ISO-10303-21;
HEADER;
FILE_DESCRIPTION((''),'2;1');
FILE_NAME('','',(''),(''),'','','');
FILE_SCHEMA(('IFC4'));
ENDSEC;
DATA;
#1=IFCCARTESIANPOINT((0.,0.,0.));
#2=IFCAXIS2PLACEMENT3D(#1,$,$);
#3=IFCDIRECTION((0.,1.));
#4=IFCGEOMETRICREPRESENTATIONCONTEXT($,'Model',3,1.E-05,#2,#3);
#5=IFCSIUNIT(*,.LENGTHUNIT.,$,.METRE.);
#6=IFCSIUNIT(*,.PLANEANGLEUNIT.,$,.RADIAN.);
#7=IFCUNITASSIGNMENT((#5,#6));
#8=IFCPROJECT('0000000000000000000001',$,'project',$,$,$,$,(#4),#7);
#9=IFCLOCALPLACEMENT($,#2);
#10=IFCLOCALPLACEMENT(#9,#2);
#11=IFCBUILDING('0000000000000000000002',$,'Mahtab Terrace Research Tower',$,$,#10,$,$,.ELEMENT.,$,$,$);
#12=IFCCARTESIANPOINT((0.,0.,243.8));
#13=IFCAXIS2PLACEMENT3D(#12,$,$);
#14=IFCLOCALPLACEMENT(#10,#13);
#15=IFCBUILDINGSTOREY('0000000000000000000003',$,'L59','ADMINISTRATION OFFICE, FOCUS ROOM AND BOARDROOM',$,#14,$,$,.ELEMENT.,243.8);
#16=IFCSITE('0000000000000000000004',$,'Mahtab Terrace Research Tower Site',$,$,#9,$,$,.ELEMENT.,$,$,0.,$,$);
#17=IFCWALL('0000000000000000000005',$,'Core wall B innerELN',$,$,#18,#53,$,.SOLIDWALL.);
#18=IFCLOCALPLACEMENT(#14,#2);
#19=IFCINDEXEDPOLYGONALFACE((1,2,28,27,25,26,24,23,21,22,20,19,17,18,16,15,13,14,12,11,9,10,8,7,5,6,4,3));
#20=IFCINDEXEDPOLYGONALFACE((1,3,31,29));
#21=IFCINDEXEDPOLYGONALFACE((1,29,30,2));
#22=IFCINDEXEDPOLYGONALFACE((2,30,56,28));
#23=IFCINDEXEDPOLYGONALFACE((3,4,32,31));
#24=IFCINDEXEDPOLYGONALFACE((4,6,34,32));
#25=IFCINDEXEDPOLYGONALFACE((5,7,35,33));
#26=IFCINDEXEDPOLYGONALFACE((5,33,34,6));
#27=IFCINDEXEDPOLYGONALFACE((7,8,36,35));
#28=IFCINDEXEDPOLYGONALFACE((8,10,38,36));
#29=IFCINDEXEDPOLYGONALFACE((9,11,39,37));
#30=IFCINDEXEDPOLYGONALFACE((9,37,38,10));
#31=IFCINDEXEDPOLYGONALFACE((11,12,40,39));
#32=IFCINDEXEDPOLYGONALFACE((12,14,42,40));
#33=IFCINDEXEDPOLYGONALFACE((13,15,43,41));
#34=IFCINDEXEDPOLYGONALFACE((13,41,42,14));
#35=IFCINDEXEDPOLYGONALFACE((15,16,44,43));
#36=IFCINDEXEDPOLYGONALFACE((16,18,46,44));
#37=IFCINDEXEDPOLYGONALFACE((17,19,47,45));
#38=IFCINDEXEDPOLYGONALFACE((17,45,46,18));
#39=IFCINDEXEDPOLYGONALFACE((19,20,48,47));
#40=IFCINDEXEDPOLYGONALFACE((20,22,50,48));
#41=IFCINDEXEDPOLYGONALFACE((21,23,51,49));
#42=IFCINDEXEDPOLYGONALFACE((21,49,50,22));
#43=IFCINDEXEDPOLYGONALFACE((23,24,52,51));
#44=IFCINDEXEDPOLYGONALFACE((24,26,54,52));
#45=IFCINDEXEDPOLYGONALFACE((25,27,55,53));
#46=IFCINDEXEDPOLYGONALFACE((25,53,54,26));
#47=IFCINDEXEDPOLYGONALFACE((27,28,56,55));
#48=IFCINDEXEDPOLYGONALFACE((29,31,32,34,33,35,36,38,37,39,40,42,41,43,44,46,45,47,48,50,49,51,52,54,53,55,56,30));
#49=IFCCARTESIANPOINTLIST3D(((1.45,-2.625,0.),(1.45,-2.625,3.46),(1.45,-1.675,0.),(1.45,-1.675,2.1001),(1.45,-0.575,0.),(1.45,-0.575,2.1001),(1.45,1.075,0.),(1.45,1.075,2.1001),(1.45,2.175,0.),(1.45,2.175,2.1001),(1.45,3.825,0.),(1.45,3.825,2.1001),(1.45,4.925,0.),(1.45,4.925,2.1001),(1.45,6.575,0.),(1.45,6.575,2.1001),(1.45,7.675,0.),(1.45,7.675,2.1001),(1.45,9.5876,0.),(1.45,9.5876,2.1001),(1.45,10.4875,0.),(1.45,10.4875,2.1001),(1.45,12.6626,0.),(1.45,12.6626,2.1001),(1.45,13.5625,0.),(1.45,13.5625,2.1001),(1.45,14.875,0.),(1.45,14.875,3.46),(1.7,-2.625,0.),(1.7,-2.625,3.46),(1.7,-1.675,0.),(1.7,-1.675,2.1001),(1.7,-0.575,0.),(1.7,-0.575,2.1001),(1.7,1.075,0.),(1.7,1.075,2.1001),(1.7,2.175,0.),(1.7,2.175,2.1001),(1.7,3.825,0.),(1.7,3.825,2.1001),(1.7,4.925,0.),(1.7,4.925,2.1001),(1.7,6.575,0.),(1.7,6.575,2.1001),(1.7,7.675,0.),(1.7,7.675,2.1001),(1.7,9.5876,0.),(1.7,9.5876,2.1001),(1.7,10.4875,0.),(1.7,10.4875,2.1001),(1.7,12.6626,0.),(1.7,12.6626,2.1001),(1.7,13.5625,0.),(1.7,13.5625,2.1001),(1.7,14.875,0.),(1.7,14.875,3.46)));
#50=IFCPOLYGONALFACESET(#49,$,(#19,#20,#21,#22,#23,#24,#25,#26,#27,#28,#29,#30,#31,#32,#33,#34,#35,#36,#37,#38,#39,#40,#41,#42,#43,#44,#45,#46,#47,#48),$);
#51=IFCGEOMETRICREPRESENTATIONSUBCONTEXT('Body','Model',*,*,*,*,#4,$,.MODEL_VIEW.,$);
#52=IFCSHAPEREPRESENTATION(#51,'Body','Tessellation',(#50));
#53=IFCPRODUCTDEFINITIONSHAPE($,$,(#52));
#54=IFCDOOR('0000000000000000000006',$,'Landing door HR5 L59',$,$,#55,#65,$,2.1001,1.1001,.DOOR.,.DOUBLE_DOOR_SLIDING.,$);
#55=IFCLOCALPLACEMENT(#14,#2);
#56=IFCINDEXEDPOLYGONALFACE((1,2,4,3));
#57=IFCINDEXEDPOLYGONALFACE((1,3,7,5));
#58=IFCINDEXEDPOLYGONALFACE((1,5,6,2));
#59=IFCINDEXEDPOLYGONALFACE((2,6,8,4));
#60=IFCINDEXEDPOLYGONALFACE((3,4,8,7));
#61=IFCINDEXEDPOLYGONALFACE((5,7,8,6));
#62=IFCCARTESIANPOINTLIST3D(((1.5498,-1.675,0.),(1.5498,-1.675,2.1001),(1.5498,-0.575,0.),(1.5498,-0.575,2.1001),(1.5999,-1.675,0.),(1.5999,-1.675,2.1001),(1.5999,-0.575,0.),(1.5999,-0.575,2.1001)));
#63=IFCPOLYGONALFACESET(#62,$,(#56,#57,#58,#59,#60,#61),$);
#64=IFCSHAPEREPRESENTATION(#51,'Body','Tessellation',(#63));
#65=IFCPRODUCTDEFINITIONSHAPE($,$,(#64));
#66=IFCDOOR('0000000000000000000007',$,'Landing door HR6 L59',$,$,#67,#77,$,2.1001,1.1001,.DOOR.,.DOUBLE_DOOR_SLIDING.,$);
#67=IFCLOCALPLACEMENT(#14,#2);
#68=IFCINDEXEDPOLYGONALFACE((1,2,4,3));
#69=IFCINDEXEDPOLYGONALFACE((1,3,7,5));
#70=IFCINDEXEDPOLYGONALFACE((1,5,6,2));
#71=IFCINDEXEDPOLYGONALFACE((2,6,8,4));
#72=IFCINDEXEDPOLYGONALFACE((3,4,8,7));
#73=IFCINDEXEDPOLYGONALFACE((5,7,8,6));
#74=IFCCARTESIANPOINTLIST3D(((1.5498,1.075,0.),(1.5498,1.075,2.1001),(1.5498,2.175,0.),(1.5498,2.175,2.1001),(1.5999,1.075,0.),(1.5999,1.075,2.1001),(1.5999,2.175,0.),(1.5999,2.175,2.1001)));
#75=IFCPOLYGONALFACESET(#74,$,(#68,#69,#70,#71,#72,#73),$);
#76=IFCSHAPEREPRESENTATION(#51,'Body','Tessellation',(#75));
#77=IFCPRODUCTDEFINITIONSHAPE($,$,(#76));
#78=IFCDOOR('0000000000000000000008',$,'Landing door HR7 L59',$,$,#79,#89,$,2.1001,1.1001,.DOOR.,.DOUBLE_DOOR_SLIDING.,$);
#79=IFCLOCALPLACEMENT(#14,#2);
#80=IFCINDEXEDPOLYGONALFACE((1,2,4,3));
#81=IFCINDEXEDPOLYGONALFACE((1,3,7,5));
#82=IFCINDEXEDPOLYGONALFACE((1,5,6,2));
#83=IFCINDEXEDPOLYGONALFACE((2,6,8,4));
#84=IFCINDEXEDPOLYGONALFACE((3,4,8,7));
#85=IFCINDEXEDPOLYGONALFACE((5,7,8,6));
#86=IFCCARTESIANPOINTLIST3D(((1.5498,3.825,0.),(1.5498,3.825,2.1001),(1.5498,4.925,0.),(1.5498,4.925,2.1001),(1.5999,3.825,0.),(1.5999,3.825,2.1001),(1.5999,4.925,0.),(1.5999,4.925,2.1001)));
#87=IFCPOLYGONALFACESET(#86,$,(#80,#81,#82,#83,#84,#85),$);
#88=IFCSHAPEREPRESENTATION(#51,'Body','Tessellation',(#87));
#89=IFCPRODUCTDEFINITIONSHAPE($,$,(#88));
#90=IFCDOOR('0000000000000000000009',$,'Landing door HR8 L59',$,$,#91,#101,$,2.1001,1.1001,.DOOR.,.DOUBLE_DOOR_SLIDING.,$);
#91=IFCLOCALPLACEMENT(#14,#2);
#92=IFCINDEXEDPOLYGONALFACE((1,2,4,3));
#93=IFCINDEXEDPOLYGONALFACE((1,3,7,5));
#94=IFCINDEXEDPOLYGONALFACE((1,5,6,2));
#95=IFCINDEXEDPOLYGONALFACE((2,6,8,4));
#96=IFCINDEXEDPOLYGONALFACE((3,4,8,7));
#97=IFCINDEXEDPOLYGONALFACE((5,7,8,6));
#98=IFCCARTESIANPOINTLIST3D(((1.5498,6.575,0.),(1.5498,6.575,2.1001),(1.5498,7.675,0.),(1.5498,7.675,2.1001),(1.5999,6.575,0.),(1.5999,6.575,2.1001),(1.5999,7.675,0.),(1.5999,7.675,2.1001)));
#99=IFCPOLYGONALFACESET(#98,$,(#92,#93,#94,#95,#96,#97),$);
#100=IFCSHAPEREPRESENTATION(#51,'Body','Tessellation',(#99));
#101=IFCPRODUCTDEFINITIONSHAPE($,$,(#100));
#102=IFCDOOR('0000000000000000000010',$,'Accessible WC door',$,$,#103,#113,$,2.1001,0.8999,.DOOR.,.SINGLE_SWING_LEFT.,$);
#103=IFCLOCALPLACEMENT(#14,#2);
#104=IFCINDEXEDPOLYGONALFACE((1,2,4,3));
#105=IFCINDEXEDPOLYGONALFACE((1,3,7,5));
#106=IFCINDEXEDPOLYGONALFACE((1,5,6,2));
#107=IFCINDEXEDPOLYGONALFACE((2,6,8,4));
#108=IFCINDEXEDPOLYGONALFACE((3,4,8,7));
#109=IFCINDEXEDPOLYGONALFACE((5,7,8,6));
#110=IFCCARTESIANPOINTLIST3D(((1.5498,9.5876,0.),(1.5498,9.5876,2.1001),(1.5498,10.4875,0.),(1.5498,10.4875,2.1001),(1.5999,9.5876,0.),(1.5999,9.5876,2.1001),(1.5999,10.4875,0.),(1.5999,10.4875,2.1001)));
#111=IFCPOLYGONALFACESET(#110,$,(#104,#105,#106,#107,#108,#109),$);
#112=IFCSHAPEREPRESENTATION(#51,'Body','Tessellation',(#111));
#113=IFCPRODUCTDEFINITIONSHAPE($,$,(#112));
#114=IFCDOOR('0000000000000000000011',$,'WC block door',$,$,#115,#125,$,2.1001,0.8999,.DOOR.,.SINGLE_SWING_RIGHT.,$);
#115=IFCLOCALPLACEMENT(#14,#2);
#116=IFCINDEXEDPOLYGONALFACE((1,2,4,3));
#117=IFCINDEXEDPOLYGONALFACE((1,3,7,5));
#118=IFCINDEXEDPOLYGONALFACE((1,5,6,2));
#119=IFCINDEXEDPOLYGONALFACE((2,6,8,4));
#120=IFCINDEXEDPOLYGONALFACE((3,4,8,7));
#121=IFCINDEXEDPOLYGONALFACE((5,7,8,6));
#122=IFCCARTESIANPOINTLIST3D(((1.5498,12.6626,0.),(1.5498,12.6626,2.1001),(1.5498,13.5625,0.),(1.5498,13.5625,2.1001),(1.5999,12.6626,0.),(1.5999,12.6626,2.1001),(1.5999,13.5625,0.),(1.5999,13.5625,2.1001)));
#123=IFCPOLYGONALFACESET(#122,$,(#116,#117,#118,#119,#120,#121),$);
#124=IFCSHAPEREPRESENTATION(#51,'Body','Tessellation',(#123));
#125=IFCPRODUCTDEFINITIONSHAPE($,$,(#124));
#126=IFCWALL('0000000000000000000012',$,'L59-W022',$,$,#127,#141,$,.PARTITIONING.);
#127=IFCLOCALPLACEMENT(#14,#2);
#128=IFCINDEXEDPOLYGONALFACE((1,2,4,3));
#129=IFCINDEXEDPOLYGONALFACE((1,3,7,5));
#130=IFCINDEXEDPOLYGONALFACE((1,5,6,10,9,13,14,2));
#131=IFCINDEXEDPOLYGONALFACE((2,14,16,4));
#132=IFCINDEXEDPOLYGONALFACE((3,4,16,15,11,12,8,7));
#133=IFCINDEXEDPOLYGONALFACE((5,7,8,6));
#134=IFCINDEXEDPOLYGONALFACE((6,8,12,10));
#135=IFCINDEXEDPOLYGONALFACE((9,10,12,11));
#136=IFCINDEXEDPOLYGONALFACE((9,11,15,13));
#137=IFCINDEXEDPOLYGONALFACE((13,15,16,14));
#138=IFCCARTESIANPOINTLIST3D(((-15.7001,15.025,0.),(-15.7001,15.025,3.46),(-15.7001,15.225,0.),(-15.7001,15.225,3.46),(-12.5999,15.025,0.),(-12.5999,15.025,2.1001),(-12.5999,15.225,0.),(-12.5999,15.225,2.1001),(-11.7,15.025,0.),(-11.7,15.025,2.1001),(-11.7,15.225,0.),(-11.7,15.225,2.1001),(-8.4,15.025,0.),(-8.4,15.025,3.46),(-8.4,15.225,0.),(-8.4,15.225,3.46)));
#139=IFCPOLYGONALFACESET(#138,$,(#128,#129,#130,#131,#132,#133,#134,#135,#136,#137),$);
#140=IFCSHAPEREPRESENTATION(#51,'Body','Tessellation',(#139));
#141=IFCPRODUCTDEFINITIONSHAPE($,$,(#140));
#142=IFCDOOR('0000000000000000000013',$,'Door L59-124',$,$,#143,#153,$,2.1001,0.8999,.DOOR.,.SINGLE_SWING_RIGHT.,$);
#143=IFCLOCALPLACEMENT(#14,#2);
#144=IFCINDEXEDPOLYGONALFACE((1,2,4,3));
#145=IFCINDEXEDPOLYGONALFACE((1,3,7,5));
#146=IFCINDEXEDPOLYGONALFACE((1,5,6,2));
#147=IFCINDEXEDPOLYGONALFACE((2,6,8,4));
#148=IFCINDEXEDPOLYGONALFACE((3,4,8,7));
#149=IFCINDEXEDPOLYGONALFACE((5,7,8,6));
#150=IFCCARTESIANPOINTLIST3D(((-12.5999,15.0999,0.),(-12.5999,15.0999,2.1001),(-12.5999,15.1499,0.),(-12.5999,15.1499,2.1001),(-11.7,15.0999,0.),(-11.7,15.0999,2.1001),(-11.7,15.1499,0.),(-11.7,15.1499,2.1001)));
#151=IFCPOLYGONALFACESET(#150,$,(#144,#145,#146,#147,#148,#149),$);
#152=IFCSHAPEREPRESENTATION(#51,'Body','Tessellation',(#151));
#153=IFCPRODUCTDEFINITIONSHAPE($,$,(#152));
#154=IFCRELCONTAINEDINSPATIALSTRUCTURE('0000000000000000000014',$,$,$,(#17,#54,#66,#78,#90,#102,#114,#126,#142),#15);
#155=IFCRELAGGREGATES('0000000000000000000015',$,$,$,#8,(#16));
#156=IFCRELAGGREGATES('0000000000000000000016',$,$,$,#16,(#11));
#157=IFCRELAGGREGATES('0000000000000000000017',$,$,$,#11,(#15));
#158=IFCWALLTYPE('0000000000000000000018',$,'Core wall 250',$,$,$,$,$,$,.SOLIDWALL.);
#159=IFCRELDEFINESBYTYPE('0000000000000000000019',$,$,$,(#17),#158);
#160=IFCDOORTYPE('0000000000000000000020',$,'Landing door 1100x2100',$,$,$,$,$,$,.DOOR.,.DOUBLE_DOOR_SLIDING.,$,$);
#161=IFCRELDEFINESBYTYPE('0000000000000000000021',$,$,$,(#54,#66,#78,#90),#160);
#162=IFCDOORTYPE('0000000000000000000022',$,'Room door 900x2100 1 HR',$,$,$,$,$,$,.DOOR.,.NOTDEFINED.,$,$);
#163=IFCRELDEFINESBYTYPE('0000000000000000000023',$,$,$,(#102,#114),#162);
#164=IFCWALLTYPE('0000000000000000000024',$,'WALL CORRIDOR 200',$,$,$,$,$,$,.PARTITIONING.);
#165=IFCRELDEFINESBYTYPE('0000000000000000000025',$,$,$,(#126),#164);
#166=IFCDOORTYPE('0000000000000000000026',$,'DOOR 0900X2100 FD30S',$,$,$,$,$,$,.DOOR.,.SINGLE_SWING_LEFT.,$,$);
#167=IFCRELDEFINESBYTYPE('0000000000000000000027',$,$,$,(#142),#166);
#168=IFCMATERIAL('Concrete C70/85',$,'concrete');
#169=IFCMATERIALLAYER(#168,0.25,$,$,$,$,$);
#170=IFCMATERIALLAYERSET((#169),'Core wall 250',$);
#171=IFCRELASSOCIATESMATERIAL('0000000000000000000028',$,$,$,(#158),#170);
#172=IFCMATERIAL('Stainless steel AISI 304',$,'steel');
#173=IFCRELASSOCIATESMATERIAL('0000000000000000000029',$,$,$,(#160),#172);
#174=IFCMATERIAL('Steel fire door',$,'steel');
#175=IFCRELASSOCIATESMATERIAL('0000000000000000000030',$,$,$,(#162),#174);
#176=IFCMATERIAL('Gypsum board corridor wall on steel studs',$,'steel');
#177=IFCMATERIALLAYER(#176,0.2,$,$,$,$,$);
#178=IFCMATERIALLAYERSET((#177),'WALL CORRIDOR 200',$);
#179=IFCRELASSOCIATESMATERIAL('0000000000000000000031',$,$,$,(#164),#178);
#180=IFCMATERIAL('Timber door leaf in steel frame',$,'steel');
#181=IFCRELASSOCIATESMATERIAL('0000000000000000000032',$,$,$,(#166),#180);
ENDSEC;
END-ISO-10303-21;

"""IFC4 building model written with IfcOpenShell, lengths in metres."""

from ifc_helpers import new_model, si_unit, direction, frame, frame_2d, origin, place, context, subcontext, project, spatial, rectangle, extrude, material, layer, layer_set, type_object, element, fill, save


model = new_model("IFC4")

# Units and contexts
model_context = context("Model", 3, precision=1e-05, world=origin(), true_north=direction((0.0, 1.0)))
body_context = subcontext(model_context, "Body", "Model", "MODEL_VIEW")
ifc_project = project(units=[si_unit("LENGTHUNIT", "METRE"), si_unit("PLANEANGLEUNIT", "RADIAN")], contexts=[model_context])

# Site, building, storey
site_placement = place(None, origin())
site = spatial("IfcSite", under=ifc_project, at=site_placement, Name="Mahtab Terrace Research Tower Site", CompositionType="ELEMENT", RefElevation=0.0)
building_placement = place(site_placement, origin())
building = spatial("IfcBuilding", under=site, at=building_placement, Name="Mahtab Terrace Research Tower", CompositionType="ELEMENT")
storey_placement = place(building_placement, frame((0.0, 0.0, 243.8)))
storey = spatial("IfcBuildingStorey", under=building, at=storey_placement, Name="L59", Description="ADMINISTRATION OFFICE, FOCUS ROOM AND BOARDROOM", CompositionType="ELEMENT", Elevation=243.8)

# Shared definitions
ifc_material_1 = material(Name="Concrete C70/85", Category="concrete")

# Shared definitions
ifc_layer_1 = layer(ifc_material_1, 0.25)
ifc_layer_set_1 = layer_set([ifc_layer_1], Name="Core wall 250")
wall_type_1 = type_object("IfcWallType", Name="Core wall 250", PredefinedType="SOLIDWALL", material=ifc_layer_set_1)

# Shared definitions
ifc_material_2 = material(Name="Steel fire door", Category="steel")

# Wall, openings, doors
wall_1_placement = place(storey_placement, frame((1.575, 14.875, 0.0), z_axis=(0.0, 0.0, 1.0), x_axis=(0.0, -1.0, 0.0)))
wall_1 = element("IfcWall", 1, at=wall_1_placement, inside=storey, type_object=wall_type_1, Name="Core wall B innerELN", PredefinedType="SOLIDWALL", context=body_context, shape_type="SweptSolid", body=[
    extrude(rectangle(XDim=17.5, YDim=0.25, at=frame_2d((8.75, 0.0))), origin(), (0.0, 0.0, 1.0), 3.46),
])
opening_1_placement = place(wall_1_placement, frame((15.45, 0.0, 0.0)))
opening_1 = element("IfcOpeningElement", 2, at=opening_1_placement, cuts=wall_1, PredefinedType="OPENING", context=body_context, shape_type="SweptSolid", body=[
    extrude(rectangle(XDim=1.1001, YDim=2.1001, at=frame_2d((0.55, 1.05))), frame((0.0, 0.135, 0.0), z_axis=(0.0, -1.0, 0.0), x_axis=(1.0, 0.0, 0.0)), (0.0, 0.0, 1.0), 0.27),
])
opening_2_placement = place(wall_1_placement, frame((12.7, 0.0, 0.0)))
opening_2 = element("IfcOpeningElement", 3, at=opening_2_placement, cuts=wall_1, PredefinedType="OPENING", context=body_context, shape_type="SweptSolid", body=[
    extrude(rectangle(XDim=1.1001, YDim=2.1001, at=frame_2d((0.55, 1.05))), frame((0.0, 0.135, 0.0), z_axis=(0.0, -1.0, 0.0), x_axis=(1.0, 0.0, 0.0)), (0.0, 0.0, 1.0), 0.27),
])
opening_3_placement = place(wall_1_placement, frame((9.95, 0.0, 0.0)))
opening_3 = element("IfcOpeningElement", 4, at=opening_3_placement, cuts=wall_1, PredefinedType="OPENING", context=body_context, shape_type="SweptSolid", body=[
    extrude(rectangle(XDim=1.1001, YDim=2.1001, at=frame_2d((0.55, 1.05))), frame((0.0, 0.135, 0.0), z_axis=(0.0, -1.0, 0.0), x_axis=(1.0, 0.0, 0.0)), (0.0, 0.0, 1.0), 0.27),
])
opening_4_placement = place(wall_1_placement, frame((7.2, 0.0, 0.0)))
opening_4 = element("IfcOpeningElement", 5, at=opening_4_placement, cuts=wall_1, PredefinedType="OPENING", context=body_context, shape_type="SweptSolid", body=[
    extrude(rectangle(XDim=1.1001, YDim=2.1001, at=frame_2d((0.55, 1.05))), frame((0.0, 0.135, 0.0), z_axis=(0.0, -1.0, 0.0), x_axis=(1.0, 0.0, 0.0)), (0.0, 0.0, 1.0), 0.27),
])
opening_5_placement = place(wall_1_placement, frame((4.3875, 0.0, 0.0)))
opening_5 = element("IfcOpeningElement", 6, at=opening_5_placement, cuts=wall_1, PredefinedType="OPENING", context=body_context, shape_type="SweptSolid", body=[
    extrude(rectangle(XDim=0.8999, YDim=2.1001, at=frame_2d((0.45, 1.05))), frame((0.0, 0.135, 0.0), z_axis=(0.0, -1.0, 0.0), x_axis=(1.0, 0.0, 0.0)), (0.0, 0.0, 1.0), 0.27),
])
opening_6_placement = place(wall_1_placement, frame((1.3125, 0.0, 0.0)))
opening_6 = element("IfcOpeningElement", 7, at=opening_6_placement, cuts=wall_1, PredefinedType="OPENING", context=body_context, shape_type="SweptSolid", body=[
    extrude(rectangle(XDim=0.8999, YDim=2.1001, at=frame_2d((0.45, 1.05))), frame((0.0, 0.135, 0.0), z_axis=(0.0, -1.0, 0.0), x_axis=(1.0, 0.0, 0.0)), (0.0, 0.0, 1.0), 0.27),
])
ifc_material_3 = material(Name="Stainless steel AISI 304", Category="steel")
door_type_1 = type_object("IfcDoorType", Name="Landing door 1100x2100", OperationType="DOUBLE_DOOR_SLIDING", PredefinedType="DOOR", material=ifc_material_3)
door_1_placement = place(opening_1_placement, origin())
door_1 = element("IfcDoor", 8, at=door_1_placement, inside=storey, type_object=door_type_1, Name="Landing door HR5 L59", OperationType="DOUBLE_DOOR_SLIDING", OverallHeight=2.1001, OverallWidth=1.1001, PredefinedType="DOOR", context=body_context, shape_type="SweptSolid", body=[
    extrude(rectangle(XDim=1.1001, YDim=2.1001, at=frame_2d((0.55, 1.05))), frame((0.0, 0.0249, 0.0), z_axis=(0.0, -1.0, 0.0), x_axis=(1.0, 0.0, 0.0)), (0.0, 0.0, 1.0), 0.05),
])
fill(opening_1, door_1)
door_2_placement = place(opening_2_placement, origin())
door_2 = element("IfcDoor", 9, at=door_2_placement, inside=storey, type_object=door_type_1, Name="Landing door HR6 L59", OperationType="DOUBLE_DOOR_SLIDING", OverallHeight=2.1001, OverallWidth=1.1001, PredefinedType="DOOR", context=body_context, shape_type="SweptSolid", body=[
    extrude(rectangle(XDim=1.1001, YDim=2.1001, at=frame_2d((0.55, 1.05))), frame((0.0, 0.0249, 0.0), z_axis=(0.0, -1.0, 0.0), x_axis=(1.0, 0.0, 0.0)), (0.0, 0.0, 1.0), 0.05),
])
fill(opening_2, door_2)
door_3_placement = place(opening_3_placement, origin())
door_3 = element("IfcDoor", 10, at=door_3_placement, inside=storey, type_object=door_type_1, Name="Landing door HR7 L59", OperationType="DOUBLE_DOOR_SLIDING", OverallHeight=2.1001, OverallWidth=1.1001, PredefinedType="DOOR", context=body_context, shape_type="SweptSolid", body=[
    extrude(rectangle(XDim=1.1001, YDim=2.1001, at=frame_2d((0.55, 1.05))), frame((0.0, 0.0249, 0.0), z_axis=(0.0, -1.0, 0.0), x_axis=(1.0, 0.0, 0.0)), (0.0, 0.0, 1.0), 0.05),
])
fill(opening_3, door_3)
door_4_placement = place(opening_4_placement, origin())
door_4 = element("IfcDoor", 11, at=door_4_placement, inside=storey, type_object=door_type_1, Name="Landing door HR8 L59", OperationType="DOUBLE_DOOR_SLIDING", OverallHeight=2.1001, OverallWidth=1.1001, PredefinedType="DOOR", context=body_context, shape_type="SweptSolid", body=[
    extrude(rectangle(XDim=1.1001, YDim=2.1001, at=frame_2d((0.55, 1.05))), frame((0.0, 0.0249, 0.0), z_axis=(0.0, -1.0, 0.0), x_axis=(1.0, 0.0, 0.0)), (0.0, 0.0, 1.0), 0.05),
])
fill(opening_4, door_4)
door_type_2 = type_object("IfcDoorType", Name="Room door 900x2100 1 HR", OperationType="NOTDEFINED", PredefinedType="DOOR", material=ifc_material_2)
door_5_placement = place(opening_5_placement, origin())
door_5 = element("IfcDoor", 12, at=door_5_placement, inside=storey, type_object=door_type_2, Name="Accessible WC door", OperationType="SINGLE_SWING_LEFT", OverallHeight=2.1001, OverallWidth=0.8999, PredefinedType="DOOR", context=body_context, shape_type="SweptSolid", body=[
    extrude(rectangle(XDim=0.8999, YDim=2.1001, at=frame_2d((0.45, 1.05))), frame((0.0, 0.0249, 0.0), z_axis=(0.0, -1.0, 0.0), x_axis=(1.0, 0.0, 0.0)), (0.0, 0.0, 1.0), 0.05),
])
fill(opening_5, door_5)
door_6_placement = place(opening_6_placement, origin())
door_6 = element("IfcDoor", 13, at=door_6_placement, inside=storey, type_object=door_type_2, Name="WC block door", OperationType="SINGLE_SWING_RIGHT", OverallHeight=2.1001, OverallWidth=0.8999, PredefinedType="DOOR", context=body_context, shape_type="SweptSolid", body=[
    extrude(rectangle(XDim=0.8999, YDim=2.1001, at=frame_2d((0.45, 1.05))), frame((0.0, 0.0249, 0.0), z_axis=(0.0, -1.0, 0.0), x_axis=(1.0, 0.0, 0.0)), (0.0, 0.0, 1.0), 0.05),
])
fill(opening_6, door_6)

# Wall, opening, door
ifc_material_4 = material(Name="Gypsum board corridor wall on steel studs", Category="steel")
ifc_layer_2 = layer(ifc_material_4, 0.2)
ifc_layer_set_2 = layer_set([ifc_layer_2], Name="WALL CORRIDOR 200")
wall_type_2 = type_object("IfcWallType", Name="WALL CORRIDOR 200", PredefinedType="PARTITIONING", material=ifc_layer_set_2)
wall_2_placement = place(storey_placement, frame((-15.7, 15.125, 0.0), z_axis=(0.0, 0.0, 1.0), x_axis=(1.0, 0.0, 0.0)))
wall_2 = element("IfcWall", 14, at=wall_2_placement, inside=storey, type_object=wall_type_2, Name="L59-W022", PredefinedType="PARTITIONING", context=body_context, shape_type="SweptSolid", body=[
    extrude(rectangle(XDim=7.3, YDim=0.2, at=frame_2d((3.6499, 0.0))), origin(), (0.0, 0.0, 1.0), 3.46),
])
opening_7_placement = place(wall_2_placement, frame((3.1001, 0.0, 0.0)))
opening_7 = element("IfcOpeningElement", 15, at=opening_7_placement, cuts=wall_2, PredefinedType="OPENING", context=body_context, shape_type="SweptSolid", body=[
    extrude(rectangle(XDim=0.8999, YDim=2.1001, at=frame_2d((0.45, 1.05))), frame((0.0, 0.1099, 0.0), z_axis=(0.0, -1.0, 0.0), x_axis=(1.0, 0.0, 0.0)), (0.0, 0.0, 1.0), 0.22),
])
ifc_material_5 = material(Name="Timber door leaf in steel frame", Category="steel")
door_type_3 = type_object("IfcDoorType", Name="DOOR 0900X2100 FD30S", OperationType="SINGLE_SWING_LEFT", PredefinedType="DOOR", material=ifc_material_5)
door_7_placement = place(opening_7_placement, origin())
door_7 = element("IfcDoor", 16, at=door_7_placement, inside=storey, type_object=door_type_3, Name="Door L59-124", OperationType="SINGLE_SWING_RIGHT", OverallHeight=2.1001, OverallWidth=0.8999, PredefinedType="DOOR", context=body_context, shape_type="SweptSolid", body=[
    extrude(rectangle(XDim=0.8999, YDim=2.1001, at=frame_2d((0.45, 1.05))), frame((0.0, 0.0249, 0.0), z_axis=(0.0, -1.0, 0.0), x_axis=(1.0, 0.0, 0.0)), (0.0, 0.0, 1.0), 0.05),
])
fill(opening_7, door_7)

save(model, "model.ifc")
